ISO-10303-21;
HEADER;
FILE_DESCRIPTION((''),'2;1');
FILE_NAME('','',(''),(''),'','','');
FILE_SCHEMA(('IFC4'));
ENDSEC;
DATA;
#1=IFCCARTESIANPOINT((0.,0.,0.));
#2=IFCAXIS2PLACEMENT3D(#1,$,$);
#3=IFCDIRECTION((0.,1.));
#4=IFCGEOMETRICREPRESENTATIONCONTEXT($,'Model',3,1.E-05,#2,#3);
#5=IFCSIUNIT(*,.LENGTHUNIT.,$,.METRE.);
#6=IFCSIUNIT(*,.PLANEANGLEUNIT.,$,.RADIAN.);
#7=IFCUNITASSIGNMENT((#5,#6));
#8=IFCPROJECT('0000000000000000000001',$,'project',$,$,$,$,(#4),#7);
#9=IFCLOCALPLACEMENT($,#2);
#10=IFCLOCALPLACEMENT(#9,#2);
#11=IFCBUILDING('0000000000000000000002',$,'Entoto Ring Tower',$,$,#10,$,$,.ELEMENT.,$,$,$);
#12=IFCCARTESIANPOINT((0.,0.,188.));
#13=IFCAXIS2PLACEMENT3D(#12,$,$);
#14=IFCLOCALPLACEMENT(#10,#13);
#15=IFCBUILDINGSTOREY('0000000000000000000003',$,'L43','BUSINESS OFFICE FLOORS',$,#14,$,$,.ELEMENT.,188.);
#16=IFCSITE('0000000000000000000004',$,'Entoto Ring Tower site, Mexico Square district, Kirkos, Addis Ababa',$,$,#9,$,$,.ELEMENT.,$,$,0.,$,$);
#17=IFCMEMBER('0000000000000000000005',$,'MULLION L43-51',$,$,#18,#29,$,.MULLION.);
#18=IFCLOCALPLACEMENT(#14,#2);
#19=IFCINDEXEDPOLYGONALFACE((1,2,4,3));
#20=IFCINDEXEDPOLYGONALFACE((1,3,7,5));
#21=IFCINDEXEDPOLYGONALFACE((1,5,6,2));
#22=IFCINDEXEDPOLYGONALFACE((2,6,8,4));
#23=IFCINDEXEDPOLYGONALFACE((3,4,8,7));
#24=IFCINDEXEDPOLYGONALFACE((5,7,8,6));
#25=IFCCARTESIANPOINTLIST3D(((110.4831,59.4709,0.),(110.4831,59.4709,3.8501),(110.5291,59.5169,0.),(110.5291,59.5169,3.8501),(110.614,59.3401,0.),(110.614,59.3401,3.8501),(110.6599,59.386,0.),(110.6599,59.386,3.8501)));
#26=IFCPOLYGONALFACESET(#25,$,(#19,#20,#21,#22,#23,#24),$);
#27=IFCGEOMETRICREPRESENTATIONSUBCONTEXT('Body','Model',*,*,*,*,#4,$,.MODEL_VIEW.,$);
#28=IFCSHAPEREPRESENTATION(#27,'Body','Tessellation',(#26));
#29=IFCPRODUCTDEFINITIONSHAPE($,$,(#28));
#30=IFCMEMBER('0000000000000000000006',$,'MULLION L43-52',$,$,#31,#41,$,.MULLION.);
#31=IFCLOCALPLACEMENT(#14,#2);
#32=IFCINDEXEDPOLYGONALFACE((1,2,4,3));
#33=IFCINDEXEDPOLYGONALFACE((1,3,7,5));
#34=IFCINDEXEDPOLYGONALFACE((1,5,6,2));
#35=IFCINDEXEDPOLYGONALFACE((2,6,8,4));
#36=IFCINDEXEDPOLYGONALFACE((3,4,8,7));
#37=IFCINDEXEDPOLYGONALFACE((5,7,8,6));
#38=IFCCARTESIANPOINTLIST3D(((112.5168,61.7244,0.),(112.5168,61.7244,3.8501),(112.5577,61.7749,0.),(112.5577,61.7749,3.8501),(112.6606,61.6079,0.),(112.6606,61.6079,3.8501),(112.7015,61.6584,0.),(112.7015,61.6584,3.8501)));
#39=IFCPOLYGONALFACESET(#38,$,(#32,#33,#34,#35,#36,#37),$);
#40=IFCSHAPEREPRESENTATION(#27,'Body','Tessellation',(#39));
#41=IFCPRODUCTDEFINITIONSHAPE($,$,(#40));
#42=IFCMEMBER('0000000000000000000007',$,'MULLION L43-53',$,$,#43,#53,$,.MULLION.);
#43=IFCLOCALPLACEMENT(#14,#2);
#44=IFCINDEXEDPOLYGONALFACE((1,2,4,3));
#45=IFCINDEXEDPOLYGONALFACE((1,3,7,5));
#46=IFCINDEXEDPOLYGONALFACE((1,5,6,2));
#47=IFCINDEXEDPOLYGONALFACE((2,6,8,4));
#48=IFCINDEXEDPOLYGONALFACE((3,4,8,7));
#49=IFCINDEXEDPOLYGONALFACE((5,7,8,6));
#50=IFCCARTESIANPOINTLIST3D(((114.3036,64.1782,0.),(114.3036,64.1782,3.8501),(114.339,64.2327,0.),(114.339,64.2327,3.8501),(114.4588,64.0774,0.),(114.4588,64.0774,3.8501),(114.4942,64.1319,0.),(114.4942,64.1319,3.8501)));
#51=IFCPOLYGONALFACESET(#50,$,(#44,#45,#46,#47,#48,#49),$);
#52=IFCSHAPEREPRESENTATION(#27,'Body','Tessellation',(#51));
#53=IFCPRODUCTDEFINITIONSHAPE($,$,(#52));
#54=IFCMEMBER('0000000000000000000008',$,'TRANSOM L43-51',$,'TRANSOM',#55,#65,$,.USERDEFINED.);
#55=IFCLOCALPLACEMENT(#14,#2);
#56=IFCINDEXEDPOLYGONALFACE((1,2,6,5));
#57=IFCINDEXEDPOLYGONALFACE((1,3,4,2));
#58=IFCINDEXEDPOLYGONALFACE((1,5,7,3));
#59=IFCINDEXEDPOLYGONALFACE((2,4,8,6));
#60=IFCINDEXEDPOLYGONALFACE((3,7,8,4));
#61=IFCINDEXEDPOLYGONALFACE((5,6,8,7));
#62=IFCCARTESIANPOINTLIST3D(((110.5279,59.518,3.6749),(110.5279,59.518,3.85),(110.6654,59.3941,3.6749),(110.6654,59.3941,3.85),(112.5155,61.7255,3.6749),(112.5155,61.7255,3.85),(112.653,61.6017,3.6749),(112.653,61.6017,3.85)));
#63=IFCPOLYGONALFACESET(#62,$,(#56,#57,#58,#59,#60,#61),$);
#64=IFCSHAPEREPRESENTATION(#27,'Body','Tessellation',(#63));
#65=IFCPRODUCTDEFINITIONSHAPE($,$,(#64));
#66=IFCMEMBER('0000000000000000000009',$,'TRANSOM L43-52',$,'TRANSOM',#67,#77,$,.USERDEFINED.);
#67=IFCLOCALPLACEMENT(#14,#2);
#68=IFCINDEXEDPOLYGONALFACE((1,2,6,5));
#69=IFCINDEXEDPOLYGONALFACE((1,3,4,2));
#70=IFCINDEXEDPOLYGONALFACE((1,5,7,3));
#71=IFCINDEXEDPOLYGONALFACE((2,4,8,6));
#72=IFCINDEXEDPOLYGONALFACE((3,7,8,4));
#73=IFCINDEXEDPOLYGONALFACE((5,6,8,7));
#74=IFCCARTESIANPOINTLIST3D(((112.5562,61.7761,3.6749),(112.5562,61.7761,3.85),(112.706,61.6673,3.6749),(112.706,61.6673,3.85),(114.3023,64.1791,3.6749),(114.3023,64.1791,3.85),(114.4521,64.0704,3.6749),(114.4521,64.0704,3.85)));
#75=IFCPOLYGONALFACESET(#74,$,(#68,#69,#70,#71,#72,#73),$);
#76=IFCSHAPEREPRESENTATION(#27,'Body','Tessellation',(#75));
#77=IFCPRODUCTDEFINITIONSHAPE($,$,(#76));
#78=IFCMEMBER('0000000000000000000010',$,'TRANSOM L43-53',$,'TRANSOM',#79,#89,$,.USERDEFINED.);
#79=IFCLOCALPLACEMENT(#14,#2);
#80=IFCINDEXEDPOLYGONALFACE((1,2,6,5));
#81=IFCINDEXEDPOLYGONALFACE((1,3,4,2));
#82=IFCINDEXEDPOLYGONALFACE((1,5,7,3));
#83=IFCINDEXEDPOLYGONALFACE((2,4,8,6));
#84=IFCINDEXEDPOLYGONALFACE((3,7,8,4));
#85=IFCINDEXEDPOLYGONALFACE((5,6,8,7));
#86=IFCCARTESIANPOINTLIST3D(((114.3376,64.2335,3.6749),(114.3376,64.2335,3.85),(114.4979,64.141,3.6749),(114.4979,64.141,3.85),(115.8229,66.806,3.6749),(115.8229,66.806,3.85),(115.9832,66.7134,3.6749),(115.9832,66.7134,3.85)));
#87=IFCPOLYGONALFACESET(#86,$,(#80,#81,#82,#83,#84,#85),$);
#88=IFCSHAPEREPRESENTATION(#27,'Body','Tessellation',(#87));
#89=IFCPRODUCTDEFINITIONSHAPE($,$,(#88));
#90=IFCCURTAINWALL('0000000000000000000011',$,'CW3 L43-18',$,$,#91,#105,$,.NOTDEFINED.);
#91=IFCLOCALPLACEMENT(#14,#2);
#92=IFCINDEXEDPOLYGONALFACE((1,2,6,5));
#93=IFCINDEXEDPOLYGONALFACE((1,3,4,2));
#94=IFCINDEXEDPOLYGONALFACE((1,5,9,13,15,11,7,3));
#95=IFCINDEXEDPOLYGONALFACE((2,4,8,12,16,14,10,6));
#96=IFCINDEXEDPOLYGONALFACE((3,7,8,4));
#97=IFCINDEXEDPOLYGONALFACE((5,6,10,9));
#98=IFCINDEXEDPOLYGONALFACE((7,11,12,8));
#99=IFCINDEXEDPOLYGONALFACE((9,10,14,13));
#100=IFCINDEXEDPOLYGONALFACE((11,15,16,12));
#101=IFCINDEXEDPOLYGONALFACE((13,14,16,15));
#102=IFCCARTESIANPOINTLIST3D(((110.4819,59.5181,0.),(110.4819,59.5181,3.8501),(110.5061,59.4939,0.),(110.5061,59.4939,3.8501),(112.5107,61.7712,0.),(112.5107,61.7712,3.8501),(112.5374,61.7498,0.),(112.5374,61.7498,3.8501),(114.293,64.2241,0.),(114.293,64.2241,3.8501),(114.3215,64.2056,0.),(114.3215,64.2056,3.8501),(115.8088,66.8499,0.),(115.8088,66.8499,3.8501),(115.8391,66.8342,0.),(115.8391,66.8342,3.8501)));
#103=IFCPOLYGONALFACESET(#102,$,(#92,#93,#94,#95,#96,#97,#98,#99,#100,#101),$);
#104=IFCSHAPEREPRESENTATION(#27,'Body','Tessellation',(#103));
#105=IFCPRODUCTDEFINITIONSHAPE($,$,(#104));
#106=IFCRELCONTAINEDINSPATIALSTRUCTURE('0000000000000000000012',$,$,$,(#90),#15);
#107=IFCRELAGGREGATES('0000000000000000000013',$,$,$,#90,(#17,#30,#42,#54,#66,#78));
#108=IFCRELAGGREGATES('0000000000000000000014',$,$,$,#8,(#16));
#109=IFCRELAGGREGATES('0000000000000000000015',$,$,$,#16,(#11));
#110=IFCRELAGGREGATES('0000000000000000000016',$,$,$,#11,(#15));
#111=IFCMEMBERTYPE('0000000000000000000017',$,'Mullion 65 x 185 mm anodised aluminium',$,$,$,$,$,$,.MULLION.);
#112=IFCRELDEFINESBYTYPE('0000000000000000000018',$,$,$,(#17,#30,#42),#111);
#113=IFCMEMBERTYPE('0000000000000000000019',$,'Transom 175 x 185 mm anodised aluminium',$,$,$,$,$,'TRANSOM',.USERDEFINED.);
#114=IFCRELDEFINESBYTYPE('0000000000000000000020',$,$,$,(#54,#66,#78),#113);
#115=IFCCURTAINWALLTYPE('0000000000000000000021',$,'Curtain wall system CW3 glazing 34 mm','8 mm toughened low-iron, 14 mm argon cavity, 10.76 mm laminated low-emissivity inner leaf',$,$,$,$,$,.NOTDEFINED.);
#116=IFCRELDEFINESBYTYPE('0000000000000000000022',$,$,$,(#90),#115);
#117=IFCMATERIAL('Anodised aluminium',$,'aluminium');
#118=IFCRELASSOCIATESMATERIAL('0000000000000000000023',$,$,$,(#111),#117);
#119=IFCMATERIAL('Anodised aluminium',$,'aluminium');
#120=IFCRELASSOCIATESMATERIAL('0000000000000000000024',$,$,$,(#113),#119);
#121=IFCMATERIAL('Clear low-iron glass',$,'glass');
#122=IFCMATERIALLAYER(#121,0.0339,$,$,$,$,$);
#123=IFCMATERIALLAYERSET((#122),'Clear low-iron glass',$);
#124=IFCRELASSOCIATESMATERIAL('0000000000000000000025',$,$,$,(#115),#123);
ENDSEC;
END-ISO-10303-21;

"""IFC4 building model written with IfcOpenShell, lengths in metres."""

from ifc_helpers import new_model, si_unit, direction, frame, origin, origin_2d, place, context, subcontext, project, spatial, polyline, rectangle, outline, extrude, material, layer, layer_set, material_profile, profile_set, type_object, element, aggregate, save


model = new_model("IFC4")

# Units and contexts
model_context = context("Model", 3, precision=1e-05, world=origin(), true_north=direction((0.0, 1.0)))
body_context = subcontext(model_context, "Body", "Model", "MODEL_VIEW")
ifc_project = project(units=[si_unit("LENGTHUNIT", "METRE"), si_unit("PLANEANGLEUNIT", "RADIAN")], contexts=[model_context])

# Members
ifc_material_1 = material(Name="Anodised aluminium", Category="aluminium")
ifc_material_profile_1 = material_profile(ifc_material_1, rectangle(XDim=0.0649, YDim=0.1851, at=origin_2d()), Name="Mullion 65 x 185 mm anodised aluminium")
ifc_profile_set_1 = profile_set([ifc_material_profile_1], Name="Anodised aluminium")
member_type_1 = type_object("IfcMemberType", Name="Mullion 65 x 185 mm anodised aluminium", PredefinedType="MULLION", material=ifc_profile_set_1)
site_placement = place(None, origin())
building_placement = place(site_placement, origin())
storey_placement = place(building_placement, frame((0.0, 0.0, 188.0)))
member_1_placement = place(storey_placement, frame((110.5715, 59.4285, 0.0), z_axis=(0.0, 0.0, 1.0), x_axis=(0.707107, 0.707107, 0.0)))
member_1 = element("IfcMember", 1, at=member_1_placement, type_object=member_type_1, Name="MULLION L43-51", PredefinedType="MULLION", context=body_context, shape_type="SweptSolid", body=[
    extrude(rectangle(XDim=0.0649, YDim=0.1851, at=origin_2d()), origin(), (0.0, 0.0, 1.0), 3.8501),
])
member_2_placement = place(storey_placement, frame((112.6091, 61.6914, 0.0), z_axis=(0.0, 0.0, 1.0), x_axis=(0.62932, 0.777146, 0.0)))
member_2 = element("IfcMember", 2, at=member_2_placement, type_object=member_type_1, Name="MULLION L43-52", PredefinedType="MULLION", context=body_context, shape_type="SweptSolid", body=[
    extrude(rectangle(XDim=0.0649, YDim=0.1851, at=origin_2d()), origin(), (0.0, 0.0, 1.0), 3.8501),
])
member_3_placement = place(storey_placement, frame((114.3989, 64.155, 0.0), z_axis=(0.0, 0.0, 1.0), x_axis=(0.544639, 0.838671, 0.0)))
member_3 = element("IfcMember", 3, at=member_3_placement, type_object=member_type_1, Name="MULLION L43-53", PredefinedType="MULLION", context=body_context, shape_type="SweptSolid", body=[
    extrude(rectangle(XDim=0.0649, YDim=0.1851, at=origin_2d()), origin(), (0.0, 0.0, 1.0), 3.8501),
])
ifc_material_2 = material(Name="Anodised aluminium", Category="aluminium")
ifc_material_profile_2 = material_profile(ifc_material_2, rectangle(XDim=0.1851, YDim=0.175, at=origin_2d()), Name="Transom 175 x 185 mm anodised aluminium")
ifc_profile_set_2 = profile_set([ifc_material_profile_2], Name="Anodised aluminium")
member_type_2 = type_object("IfcMemberType", Name="Transom 175 x 185 mm anodised aluminium", ElementType="TRANSOM", PredefinedType="USERDEFINED", material=ifc_profile_set_2)
member_4_placement = place(storey_placement, frame((110.5967, 59.4561, 3.7625), z_axis=(0.66911, 0.743163, 0.0), x_axis=(-0.743163, 0.66911, 0.0)))
member_4 = element("IfcMember", 4, at=member_4_placement, type_object=member_type_2, Name="TRANSOM L43-51", ObjectType="TRANSOM", PredefinedType="USERDEFINED", context=body_context, shape_type="SweptSolid", body=[
    extrude(rectangle(XDim=0.1851, YDim=0.175, at=origin_2d()), origin(), (0.0, 0.0, 1.0), 2.9705),
])
member_5_placement = place(storey_placement, frame((112.6311, 61.7217, 3.7625), z_axis=(0.58782, 0.808992, 0.0), x_axis=(-0.808992, 0.58782, 0.0)))
member_5 = element("IfcMember", 5, at=member_5_placement, type_object=member_type_2, Name="TRANSOM L43-52", ObjectType="TRANSOM", PredefinedType="USERDEFINED", context=body_context, shape_type="SweptSolid", body=[
    extrude(rectangle(XDim=0.1851, YDim=0.175, at=origin_2d()), origin(), (0.0, 0.0, 1.0), 2.9705),
])
member_6_placement = place(storey_placement, frame((114.4177, 64.1873, 3.7625), z_axis=(0.500028, 0.866009, 0.0), x_axis=(-0.866009, 0.500028, 0.0)))
member_6 = element("IfcMember", 6, at=member_6_placement, type_object=member_type_2, Name="TRANSOM L43-53", ObjectType="TRANSOM", PredefinedType="USERDEFINED", context=body_context, shape_type="SweptSolid", body=[
    extrude(rectangle(XDim=0.1851, YDim=0.175, at=origin_2d()), origin(), (0.0, 0.0, 1.0), 2.9705),
])

# Site, building, storey
site = spatial("IfcSite", under=ifc_project, at=site_placement, Name="Entoto Ring Tower site, Mexico Square district, Kirkos, Addis Ababa", CompositionType="ELEMENT", RefElevation=0.0)
building = spatial("IfcBuilding", under=site, at=building_placement, Name="Entoto Ring Tower", CompositionType="ELEMENT")
storey = spatial("IfcBuildingStorey", under=building, at=storey_placement, Name="L43", Description="BUSINESS OFFICE FLOORS", CompositionType="ELEMENT", Elevation=188.0)

# Curtain wall
ifc_material_3 = material(Name="Clear low-iron glass", Category="glass")
ifc_layer_1 = layer(ifc_material_3, 0.0339)
ifc_layer_set_1 = layer_set([ifc_layer_1], Name="Clear low-iron glass")
curtain_wall_type = type_object("IfcCurtainWallType", Name="Curtain wall system CW3 glazing 34 mm", Description="8 mm toughened low-iron, 14 mm argon cavity, 10.76 mm laminated low-emissivity inner leaf", PredefinedType="NOTDEFINED", material=ifc_layer_set_1)
curtain_wall_1_placement = place(storey_placement, origin())
curtain_wall_1 = element("IfcCurtainWall", 7, at=curtain_wall_1_placement, inside=storey, type_object=curtain_wall_type, Name="CW3 L43-18", PredefinedType="NOTDEFINED", context=body_context, shape_type="SweptSolid", body=[
    extrude(outline(polyline([(110.5061, 59.4939), (112.5374, 61.7498), (114.3215, 64.2056), (115.8391, 66.8342), (115.8088, 66.8499), (114.293, 64.2241), (112.5107, 61.7712), (110.4819, 59.5181), (110.5061, 59.4939)])), origin(), (0.0, 0.0, 1.0), 3.8501),
])
aggregate(curtain_wall_1, [member_1, member_2, member_3, member_4, member_5, member_6])

save(model, "model.ifc")
